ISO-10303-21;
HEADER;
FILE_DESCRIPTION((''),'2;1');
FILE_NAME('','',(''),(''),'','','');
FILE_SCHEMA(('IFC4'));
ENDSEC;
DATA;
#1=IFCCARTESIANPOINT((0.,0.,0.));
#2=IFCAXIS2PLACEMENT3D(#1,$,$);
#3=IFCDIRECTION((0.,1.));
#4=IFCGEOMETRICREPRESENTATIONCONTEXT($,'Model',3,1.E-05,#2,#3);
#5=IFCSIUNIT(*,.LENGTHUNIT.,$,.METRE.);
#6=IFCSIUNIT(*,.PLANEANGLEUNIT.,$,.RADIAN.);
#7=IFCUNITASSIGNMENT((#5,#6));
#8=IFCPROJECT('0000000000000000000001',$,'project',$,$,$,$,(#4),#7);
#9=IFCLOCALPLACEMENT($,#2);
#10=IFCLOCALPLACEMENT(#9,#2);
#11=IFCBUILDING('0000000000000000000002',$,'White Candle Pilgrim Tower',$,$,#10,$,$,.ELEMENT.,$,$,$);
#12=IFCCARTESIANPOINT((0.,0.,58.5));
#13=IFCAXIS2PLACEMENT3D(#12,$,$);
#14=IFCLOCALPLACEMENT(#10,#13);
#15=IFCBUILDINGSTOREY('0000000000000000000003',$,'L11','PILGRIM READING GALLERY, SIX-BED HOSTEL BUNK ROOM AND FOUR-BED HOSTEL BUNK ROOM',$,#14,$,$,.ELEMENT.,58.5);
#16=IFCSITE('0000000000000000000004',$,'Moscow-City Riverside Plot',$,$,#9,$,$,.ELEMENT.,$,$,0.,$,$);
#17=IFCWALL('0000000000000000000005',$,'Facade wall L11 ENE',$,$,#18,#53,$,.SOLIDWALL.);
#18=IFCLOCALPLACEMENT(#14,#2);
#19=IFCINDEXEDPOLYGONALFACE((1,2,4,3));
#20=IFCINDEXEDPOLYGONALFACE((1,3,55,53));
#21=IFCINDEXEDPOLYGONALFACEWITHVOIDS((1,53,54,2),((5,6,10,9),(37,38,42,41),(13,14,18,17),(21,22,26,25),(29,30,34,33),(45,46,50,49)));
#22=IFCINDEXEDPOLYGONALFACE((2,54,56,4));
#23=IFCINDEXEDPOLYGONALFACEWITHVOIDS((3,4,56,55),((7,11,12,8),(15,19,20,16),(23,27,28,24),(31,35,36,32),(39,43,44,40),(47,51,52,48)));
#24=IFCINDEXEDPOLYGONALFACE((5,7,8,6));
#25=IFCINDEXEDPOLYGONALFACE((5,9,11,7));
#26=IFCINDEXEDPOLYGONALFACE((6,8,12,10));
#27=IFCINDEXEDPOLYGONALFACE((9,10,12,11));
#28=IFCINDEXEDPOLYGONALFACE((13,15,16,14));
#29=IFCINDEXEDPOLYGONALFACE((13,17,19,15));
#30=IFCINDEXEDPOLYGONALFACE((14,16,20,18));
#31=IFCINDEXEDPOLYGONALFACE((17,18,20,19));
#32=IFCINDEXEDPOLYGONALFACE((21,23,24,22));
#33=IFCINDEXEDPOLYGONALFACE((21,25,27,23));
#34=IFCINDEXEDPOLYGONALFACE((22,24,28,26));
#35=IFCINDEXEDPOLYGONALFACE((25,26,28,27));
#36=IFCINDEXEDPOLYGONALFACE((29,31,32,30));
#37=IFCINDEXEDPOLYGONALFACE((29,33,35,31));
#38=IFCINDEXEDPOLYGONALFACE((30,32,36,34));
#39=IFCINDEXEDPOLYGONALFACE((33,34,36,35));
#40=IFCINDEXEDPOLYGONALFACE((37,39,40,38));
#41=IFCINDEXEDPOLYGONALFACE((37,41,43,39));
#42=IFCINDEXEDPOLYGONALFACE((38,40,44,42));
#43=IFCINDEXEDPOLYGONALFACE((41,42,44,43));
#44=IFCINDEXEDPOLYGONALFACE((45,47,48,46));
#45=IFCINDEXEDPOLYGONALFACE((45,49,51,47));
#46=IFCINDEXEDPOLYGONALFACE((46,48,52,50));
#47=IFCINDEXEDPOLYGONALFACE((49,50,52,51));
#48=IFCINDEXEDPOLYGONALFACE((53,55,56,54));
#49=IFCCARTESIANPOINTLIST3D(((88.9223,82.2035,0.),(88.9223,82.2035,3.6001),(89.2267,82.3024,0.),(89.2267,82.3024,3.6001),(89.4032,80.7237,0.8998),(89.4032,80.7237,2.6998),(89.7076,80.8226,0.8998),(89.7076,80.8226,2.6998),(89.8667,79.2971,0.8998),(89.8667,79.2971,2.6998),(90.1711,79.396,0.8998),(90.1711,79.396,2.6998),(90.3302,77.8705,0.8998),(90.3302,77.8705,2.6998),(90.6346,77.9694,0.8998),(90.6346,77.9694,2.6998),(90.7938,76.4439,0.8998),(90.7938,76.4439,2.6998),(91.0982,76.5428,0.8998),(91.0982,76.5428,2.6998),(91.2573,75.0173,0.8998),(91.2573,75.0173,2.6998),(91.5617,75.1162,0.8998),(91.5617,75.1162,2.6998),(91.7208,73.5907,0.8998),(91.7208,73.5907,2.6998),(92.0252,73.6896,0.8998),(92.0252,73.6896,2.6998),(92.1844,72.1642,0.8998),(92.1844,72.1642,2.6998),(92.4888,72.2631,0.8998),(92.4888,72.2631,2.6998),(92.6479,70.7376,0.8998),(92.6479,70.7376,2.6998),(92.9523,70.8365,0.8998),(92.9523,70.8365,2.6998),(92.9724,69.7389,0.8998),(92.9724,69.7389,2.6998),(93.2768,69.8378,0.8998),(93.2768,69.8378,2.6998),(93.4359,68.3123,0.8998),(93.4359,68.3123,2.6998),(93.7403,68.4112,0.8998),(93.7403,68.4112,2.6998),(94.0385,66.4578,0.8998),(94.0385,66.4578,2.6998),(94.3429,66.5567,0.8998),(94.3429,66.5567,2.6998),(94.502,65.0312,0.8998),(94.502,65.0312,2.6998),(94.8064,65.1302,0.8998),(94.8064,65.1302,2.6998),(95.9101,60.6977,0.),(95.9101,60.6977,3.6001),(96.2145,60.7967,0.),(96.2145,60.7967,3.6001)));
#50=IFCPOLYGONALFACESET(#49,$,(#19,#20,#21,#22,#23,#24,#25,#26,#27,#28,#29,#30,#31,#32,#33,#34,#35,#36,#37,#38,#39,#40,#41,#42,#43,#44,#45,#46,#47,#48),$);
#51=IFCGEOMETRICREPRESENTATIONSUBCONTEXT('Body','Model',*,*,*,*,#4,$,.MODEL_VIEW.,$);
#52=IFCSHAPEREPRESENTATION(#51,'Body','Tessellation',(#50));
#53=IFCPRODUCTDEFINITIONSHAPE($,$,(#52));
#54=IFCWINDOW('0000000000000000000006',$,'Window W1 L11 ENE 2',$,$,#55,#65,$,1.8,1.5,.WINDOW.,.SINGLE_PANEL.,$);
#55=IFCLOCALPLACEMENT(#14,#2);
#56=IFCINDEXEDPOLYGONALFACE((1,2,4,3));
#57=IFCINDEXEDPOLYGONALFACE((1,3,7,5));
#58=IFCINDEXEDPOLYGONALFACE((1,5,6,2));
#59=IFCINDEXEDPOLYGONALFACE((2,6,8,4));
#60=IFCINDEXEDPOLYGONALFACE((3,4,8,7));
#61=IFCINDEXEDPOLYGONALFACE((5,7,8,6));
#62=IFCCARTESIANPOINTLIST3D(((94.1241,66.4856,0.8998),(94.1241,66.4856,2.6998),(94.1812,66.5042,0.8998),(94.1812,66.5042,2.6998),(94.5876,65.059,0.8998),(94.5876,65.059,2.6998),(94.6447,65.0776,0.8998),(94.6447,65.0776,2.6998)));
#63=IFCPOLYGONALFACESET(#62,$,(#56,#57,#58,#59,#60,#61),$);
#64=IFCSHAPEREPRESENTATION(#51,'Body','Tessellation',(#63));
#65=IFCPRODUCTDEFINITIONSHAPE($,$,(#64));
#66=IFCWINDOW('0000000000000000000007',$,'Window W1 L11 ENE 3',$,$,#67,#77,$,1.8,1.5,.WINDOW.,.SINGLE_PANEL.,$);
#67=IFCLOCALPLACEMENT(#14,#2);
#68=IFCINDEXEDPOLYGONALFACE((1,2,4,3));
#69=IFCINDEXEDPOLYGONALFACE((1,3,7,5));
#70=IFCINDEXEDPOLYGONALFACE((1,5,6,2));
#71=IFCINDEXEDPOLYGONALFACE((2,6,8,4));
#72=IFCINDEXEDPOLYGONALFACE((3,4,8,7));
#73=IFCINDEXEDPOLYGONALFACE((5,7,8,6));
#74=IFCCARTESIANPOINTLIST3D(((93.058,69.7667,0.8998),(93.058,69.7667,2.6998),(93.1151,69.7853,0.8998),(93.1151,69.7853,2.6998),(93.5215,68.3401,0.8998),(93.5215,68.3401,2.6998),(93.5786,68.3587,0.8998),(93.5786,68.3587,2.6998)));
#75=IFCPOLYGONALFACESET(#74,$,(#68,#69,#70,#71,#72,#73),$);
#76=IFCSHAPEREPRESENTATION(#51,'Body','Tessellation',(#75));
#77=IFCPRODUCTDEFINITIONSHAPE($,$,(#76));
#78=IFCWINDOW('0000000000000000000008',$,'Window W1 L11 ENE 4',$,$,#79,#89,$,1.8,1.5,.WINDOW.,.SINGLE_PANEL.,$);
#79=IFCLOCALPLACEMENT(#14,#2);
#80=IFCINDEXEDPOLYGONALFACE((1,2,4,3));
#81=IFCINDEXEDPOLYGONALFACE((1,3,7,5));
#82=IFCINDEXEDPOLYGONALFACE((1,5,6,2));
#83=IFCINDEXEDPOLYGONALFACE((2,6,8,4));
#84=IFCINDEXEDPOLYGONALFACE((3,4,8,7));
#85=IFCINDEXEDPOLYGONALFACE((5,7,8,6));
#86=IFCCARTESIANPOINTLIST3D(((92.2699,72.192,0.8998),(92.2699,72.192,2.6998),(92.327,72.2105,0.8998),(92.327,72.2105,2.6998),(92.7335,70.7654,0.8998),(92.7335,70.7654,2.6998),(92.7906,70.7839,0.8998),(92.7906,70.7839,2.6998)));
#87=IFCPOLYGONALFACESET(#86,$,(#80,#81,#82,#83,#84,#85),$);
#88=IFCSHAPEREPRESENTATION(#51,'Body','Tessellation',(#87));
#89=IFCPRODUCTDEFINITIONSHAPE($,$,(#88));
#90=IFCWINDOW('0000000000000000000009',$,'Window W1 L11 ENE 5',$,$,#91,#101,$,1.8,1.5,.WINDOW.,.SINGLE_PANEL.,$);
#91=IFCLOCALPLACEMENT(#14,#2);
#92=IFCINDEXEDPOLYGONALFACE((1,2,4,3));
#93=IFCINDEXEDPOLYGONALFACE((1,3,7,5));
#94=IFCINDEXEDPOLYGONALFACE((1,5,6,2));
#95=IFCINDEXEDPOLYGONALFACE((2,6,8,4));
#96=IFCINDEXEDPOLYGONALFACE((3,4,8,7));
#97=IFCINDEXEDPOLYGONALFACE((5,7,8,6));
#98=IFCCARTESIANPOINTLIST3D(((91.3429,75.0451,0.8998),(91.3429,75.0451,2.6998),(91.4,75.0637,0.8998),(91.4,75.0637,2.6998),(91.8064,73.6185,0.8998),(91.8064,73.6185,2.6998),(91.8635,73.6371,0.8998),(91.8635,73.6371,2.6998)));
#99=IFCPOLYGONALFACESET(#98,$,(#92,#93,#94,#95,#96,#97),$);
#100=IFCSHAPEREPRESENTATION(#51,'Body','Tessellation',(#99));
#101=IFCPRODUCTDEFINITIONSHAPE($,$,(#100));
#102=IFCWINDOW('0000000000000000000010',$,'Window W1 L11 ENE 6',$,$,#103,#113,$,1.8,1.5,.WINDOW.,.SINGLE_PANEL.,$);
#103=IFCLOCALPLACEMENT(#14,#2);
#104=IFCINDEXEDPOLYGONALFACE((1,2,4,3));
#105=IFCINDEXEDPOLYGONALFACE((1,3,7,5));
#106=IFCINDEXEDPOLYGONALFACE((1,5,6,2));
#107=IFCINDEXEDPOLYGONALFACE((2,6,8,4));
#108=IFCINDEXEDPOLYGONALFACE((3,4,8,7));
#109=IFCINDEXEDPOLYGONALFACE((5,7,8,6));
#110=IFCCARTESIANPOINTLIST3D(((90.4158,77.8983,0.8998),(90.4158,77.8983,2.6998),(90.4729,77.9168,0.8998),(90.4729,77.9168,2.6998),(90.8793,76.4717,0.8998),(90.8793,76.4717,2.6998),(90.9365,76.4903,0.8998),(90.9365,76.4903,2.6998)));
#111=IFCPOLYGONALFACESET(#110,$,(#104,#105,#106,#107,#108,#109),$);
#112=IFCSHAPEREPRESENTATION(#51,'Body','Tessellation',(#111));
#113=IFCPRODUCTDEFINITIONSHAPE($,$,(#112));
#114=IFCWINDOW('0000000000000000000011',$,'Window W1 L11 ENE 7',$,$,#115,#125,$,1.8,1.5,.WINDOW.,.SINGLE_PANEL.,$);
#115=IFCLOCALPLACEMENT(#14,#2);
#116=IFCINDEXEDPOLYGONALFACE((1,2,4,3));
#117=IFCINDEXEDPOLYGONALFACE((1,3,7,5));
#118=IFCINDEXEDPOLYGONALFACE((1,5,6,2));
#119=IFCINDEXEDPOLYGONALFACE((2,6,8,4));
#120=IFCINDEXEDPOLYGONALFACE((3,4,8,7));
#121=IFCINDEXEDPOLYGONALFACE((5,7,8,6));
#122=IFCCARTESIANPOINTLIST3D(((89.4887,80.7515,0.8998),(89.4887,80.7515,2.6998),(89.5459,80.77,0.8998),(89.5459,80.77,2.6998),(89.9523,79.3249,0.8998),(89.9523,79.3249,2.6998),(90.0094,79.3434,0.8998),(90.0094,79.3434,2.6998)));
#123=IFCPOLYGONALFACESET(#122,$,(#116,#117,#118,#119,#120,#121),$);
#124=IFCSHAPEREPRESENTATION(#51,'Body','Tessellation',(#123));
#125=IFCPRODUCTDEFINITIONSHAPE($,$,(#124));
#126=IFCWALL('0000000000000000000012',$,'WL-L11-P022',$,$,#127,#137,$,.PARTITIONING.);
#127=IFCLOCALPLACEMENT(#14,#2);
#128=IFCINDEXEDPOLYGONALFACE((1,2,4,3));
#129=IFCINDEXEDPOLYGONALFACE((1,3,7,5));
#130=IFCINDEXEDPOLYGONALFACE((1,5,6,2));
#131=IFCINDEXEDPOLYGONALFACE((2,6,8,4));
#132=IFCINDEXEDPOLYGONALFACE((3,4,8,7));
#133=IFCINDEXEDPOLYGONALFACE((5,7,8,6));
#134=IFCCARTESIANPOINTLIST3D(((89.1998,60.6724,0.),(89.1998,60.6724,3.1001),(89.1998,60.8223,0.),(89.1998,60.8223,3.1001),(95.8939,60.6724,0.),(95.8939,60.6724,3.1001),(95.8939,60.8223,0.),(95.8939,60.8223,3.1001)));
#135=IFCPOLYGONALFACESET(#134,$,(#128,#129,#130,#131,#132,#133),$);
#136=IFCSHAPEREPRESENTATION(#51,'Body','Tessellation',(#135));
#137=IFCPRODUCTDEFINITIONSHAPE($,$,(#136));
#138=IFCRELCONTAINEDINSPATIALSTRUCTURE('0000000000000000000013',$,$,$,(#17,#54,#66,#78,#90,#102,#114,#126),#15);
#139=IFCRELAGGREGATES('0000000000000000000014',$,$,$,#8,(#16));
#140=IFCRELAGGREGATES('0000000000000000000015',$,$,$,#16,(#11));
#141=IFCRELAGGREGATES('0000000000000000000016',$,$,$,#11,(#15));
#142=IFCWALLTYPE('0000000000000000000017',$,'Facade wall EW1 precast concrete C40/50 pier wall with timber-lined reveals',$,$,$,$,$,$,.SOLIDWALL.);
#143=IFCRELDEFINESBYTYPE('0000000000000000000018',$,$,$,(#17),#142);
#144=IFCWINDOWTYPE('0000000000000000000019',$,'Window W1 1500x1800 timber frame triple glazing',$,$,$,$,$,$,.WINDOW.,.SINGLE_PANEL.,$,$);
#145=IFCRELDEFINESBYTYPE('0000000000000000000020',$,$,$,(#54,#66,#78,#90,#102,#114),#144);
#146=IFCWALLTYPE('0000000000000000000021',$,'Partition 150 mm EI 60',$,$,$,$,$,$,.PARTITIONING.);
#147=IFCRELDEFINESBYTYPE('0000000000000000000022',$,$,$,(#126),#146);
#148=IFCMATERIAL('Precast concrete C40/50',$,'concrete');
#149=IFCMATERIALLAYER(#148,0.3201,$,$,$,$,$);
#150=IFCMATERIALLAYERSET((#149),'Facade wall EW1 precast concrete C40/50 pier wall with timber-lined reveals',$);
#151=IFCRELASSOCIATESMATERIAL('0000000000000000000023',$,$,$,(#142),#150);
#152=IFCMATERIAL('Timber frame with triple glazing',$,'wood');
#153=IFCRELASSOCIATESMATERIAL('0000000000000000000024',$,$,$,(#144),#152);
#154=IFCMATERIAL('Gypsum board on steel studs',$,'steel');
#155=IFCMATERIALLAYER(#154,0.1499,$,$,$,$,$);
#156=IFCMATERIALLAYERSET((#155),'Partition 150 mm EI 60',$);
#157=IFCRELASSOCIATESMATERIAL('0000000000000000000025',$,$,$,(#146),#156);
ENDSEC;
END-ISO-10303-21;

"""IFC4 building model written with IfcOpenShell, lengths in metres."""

from ifc_helpers import new_model, si_unit, direction, frame, frame_2d, origin, place, context, subcontext, project, spatial, rectangle, extrude, material, layer, layer_set, type_object, element, fill, save


model = new_model("IFC4")

# Units and contexts
model_context = context("Model", 3, precision=1e-05, world=origin(), true_north=direction((0.0, 1.0)))
body_context = subcontext(model_context, "Body", "Model", "MODEL_VIEW")
ifc_project = project(units=[si_unit("LENGTHUNIT", "METRE"), si_unit("PLANEANGLEUNIT", "RADIAN")], contexts=[model_context])

# Site, building, storey
site_placement = place(None, origin())
site = spatial("IfcSite", under=ifc_project, at=site_placement, Name="Moscow-City Riverside Plot", CompositionType="ELEMENT", RefElevation=0.0)
building_placement = place(site_placement, origin())
building = spatial("IfcBuilding", under=site, at=building_placement, Name="White Candle Pilgrim Tower", CompositionType="ELEMENT")
storey_placement = place(building_placement, frame((0.0, 0.0, 58.5)))
storey = spatial("IfcBuildingStorey", under=building, at=storey_placement, Name="L11", Description="PILGRIM READING GALLERY, SIX-BED HOSTEL BUNK ROOM AND FOUR-BED HOSTEL BUNK ROOM", CompositionType="ELEMENT", Elevation=58.5)

# Shared definitions
ifc_material_1 = material(Name="Gypsum board on steel studs", Category="steel")

# Wall, openings, windows
ifc_material_2 = material(Name="Precast concrete C40/50", Category="concrete")
ifc_layer_1 = layer(ifc_material_2, 0.3201)
ifc_layer_set_1 = layer_set([ifc_layer_1], Name="Facade wall EW1 precast concrete C40/50 pier wall with timber-lined reveals")
wall_type_1 = type_object("IfcWallType", Name="Facade wall EW1 precast concrete C40/50 pier wall with timber-lined reveals", PredefinedType="SOLIDWALL", material=ifc_layer_set_1)
wall_1_placement = place(storey_placement, frame((96.0623, 60.7473, 0.0), z_axis=(0.0, 0.0, 1.0), x_axis=(-0.309022, 0.951055, 0.0)))
wall_1 = element("IfcWall", 1, at=wall_1_placement, inside=storey, type_object=wall_type_1, Name="Facade wall L11 ENE", PredefinedType="SOLIDWALL", context=body_context, shape_type="SweptSolid", body=[
    extrude(rectangle(XDim=22.6125, YDim=0.3201, at=frame_2d((11.3062, 0.0))), origin(), (0.0, 0.0, 1.0), 3.6001),
])
opening_1_placement = place(wall_1_placement, frame((4.5564, 0.0, 0.8999)))
opening_1 = element("IfcOpeningElement", 2, at=opening_1_placement, cuts=wall_1, PredefinedType="OPENING", context=body_context, shape_type="SweptSolid", body=[
    extrude(rectangle(XDim=1.5, YDim=1.8, at=frame_2d((0.75, 0.8999))), frame((0.0, 0.1699, 0.0), z_axis=(0.0, -1.0, 0.0), x_axis=(1.0, 0.0, 0.0)), (0.0, 0.0, 1.0), 0.3401),
])
opening_2_placement = place(wall_1_placement, frame((8.0063, 0.0, 0.8999)))
opening_2 = element("IfcOpeningElement", 3, at=opening_2_placement, cuts=wall_1, PredefinedType="OPENING", context=body_context, shape_type="SweptSolid", body=[
    extrude(rectangle(XDim=1.5, YDim=1.8, at=frame_2d((0.75, 0.8999))), frame((0.0, 0.1699, 0.0), z_axis=(0.0, -1.0, 0.0), x_axis=(1.0, 0.0, 0.0)), (0.0, 0.0, 1.0), 0.3401),
])
opening_3_placement = place(wall_1_placement, frame((10.5564, 0.0, 0.8999)))
opening_3 = element("IfcOpeningElement", 4, at=opening_3_placement, cuts=wall_1, PredefinedType="OPENING", context=body_context, shape_type="SweptSolid", body=[
    extrude(rectangle(XDim=1.5, YDim=1.8, at=frame_2d((0.75, 0.8999))), frame((0.0, 0.1699, 0.0), z_axis=(0.0, -1.0, 0.0), x_axis=(1.0, 0.0, 0.0)), (0.0, 0.0, 1.0), 0.3401),
])
opening_4_placement = place(wall_1_placement, frame((13.5564, 0.0, 0.8999)))
opening_4 = element("IfcOpeningElement", 5, at=opening_4_placement, cuts=wall_1, PredefinedType="OPENING", context=body_context, shape_type="SweptSolid", body=[
    extrude(rectangle(XDim=1.5, YDim=1.8, at=frame_2d((0.75, 0.8999))), frame((0.0, 0.1699, 0.0), z_axis=(0.0, -1.0, 0.0), x_axis=(1.0, 0.0, 0.0)), (0.0, 0.0, 1.0), 0.3401),
])
opening_5_placement = place(wall_1_placement, frame((16.5564, 0.0, 0.8999)))
opening_5 = element("IfcOpeningElement", 6, at=opening_5_placement, cuts=wall_1, PredefinedType="OPENING", context=body_context, shape_type="SweptSolid", body=[
    extrude(rectangle(XDim=1.5, YDim=1.8, at=frame_2d((0.75, 0.8999))), frame((0.0, 0.1699, 0.0), z_axis=(0.0, -1.0, 0.0), x_axis=(1.0, 0.0, 0.0)), (0.0, 0.0, 1.0), 0.3401),
])
opening_6_placement = place(wall_1_placement, frame((19.5564, 0.0, 0.8999)))
opening_6 = element("IfcOpeningElement", 7, at=opening_6_placement, cuts=wall_1, PredefinedType="OPENING", context=body_context, shape_type="SweptSolid", body=[
    extrude(rectangle(XDim=1.5, YDim=1.8, at=frame_2d((0.75, 0.8999))), frame((0.0, 0.1699, 0.0), z_axis=(0.0, -1.0, 0.0), x_axis=(1.0, 0.0, 0.0)), (0.0, 0.0, 1.0), 0.3401),
])
ifc_material_3 = material(Name="Timber frame with triple glazing", Category="wood")
window_type = type_object("IfcWindowType", Name="Window W1 1500x1800 timber frame triple glazing", PartitioningType="SINGLE_PANEL", PredefinedType="WINDOW", material=ifc_material_3)
window_1_placement = place(opening_1_placement, origin())
window_1 = element("IfcWindow", 8, at=window_1_placement, inside=storey, type_object=window_type, Name="Window W1 L11 ENE 2", OverallHeight=1.8, OverallWidth=1.5, PartitioningType="SINGLE_PANEL", PredefinedType="WINDOW", context=body_context, shape_type="SweptSolid", body=[
    extrude(rectangle(XDim=1.5, YDim=1.8, at=frame_2d((0.75, 0.8999))), frame((0.0, 0.0701, 0.0), z_axis=(0.0, -1.0, 0.0), x_axis=(1.0, 0.0, 0.0)), (0.0, 0.0, 1.0), 0.0601),
])
fill(opening_1, window_1)
window_2_placement = place(opening_2_placement, origin())
window_2 = element("IfcWindow", 9, at=window_2_placement, inside=storey, type_object=window_type, Name="Window W1 L11 ENE 3", OverallHeight=1.8, OverallWidth=1.5, PartitioningType="SINGLE_PANEL", PredefinedType="WINDOW", context=body_context, shape_type="SweptSolid", body=[
    extrude(rectangle(XDim=1.5, YDim=1.8, at=frame_2d((0.75, 0.8999))), frame((0.0, 0.0701, 0.0), z_axis=(0.0, -1.0, 0.0), x_axis=(1.0, 0.0, 0.0)), (0.0, 0.0, 1.0), 0.0601),
])
fill(opening_2, window_2)
window_3_placement = place(opening_3_placement, origin())
window_3 = element("IfcWindow", 10, at=window_3_placement, inside=storey, type_object=window_type, Name="Window W1 L11 ENE 4", OverallHeight=1.8, OverallWidth=1.5, PartitioningType="SINGLE_PANEL", PredefinedType="WINDOW", context=body_context, shape_type="SweptSolid", body=[
    extrude(rectangle(XDim=1.5, YDim=1.8, at=frame_2d((0.75, 0.8999))), frame((0.0, 0.0701, 0.0), z_axis=(0.0, -1.0, 0.0), x_axis=(1.0, 0.0, 0.0)), (0.0, 0.0, 1.0), 0.0601),
])
fill(opening_3, window_3)
window_4_placement = place(opening_4_placement, origin())
window_4 = element("IfcWindow", 11, at=window_4_placement, inside=storey, type_object=window_type, Name="Window W1 L11 ENE 5", OverallHeight=1.8, OverallWidth=1.5, PartitioningType="SINGLE_PANEL", PredefinedType="WINDOW", context=body_context, shape_type="SweptSolid", body=[
    extrude(rectangle(XDim=1.5, YDim=1.8, at=frame_2d((0.75, 0.8999))), frame((0.0, 0.0701, 0.0), z_axis=(0.0, -1.0, 0.0), x_axis=(1.0, 0.0, 0.0)), (0.0, 0.0, 1.0), 0.0601),
])
fill(opening_4, window_4)
window_5_placement = place(opening_5_placement, origin())
window_5 = element("IfcWindow", 12, at=window_5_placement, inside=storey, type_object=window_type, Name="Window W1 L11 ENE 6", OverallHeight=1.8, OverallWidth=1.5, PartitioningType="SINGLE_PANEL", PredefinedType="WINDOW", context=body_context, shape_type="SweptSolid", body=[
    extrude(rectangle(XDim=1.5, YDim=1.8, at=frame_2d((0.75, 0.8999))), frame((0.0, 0.0701, 0.0), z_axis=(0.0, -1.0, 0.0), x_axis=(1.0, 0.0, 0.0)), (0.0, 0.0, 1.0), 0.0601),
])
fill(opening_5, window_5)
window_6_placement = place(opening_6_placement, origin())
window_6 = element("IfcWindow", 13, at=window_6_placement, inside=storey, type_object=window_type, Name="Window W1 L11 ENE 7", OverallHeight=1.8, OverallWidth=1.5, PartitioningType="SINGLE_PANEL", PredefinedType="WINDOW", context=body_context, shape_type="SweptSolid", body=[
    extrude(rectangle(XDim=1.5, YDim=1.8, at=frame_2d((0.75, 0.8999))), frame((0.0, 0.0701, 0.0), z_axis=(0.0, -1.0, 0.0), x_axis=(1.0, 0.0, 0.0)), (0.0, 0.0, 1.0), 0.0601),
])
fill(opening_6, window_6)

# Wall
ifc_layer_2 = layer(ifc_material_1, 0.1499)
ifc_layer_set_2 = layer_set([ifc_layer_2], Name="Partition 150 mm EI 60")
wall_type_2 = type_object("IfcWallType", Name="Partition 150 mm EI 60", PredefinedType="PARTITIONING", material=ifc_layer_set_2)
wall_2_placement = place(storey_placement, frame((95.894, 60.7473, 0.0), z_axis=(0.0, 0.0, 1.0), x_axis=(-1.0, 0.0, 0.0)))
element("IfcWall", 14, at=wall_2_placement, inside=storey, type_object=wall_type_2, Name="WL-L11-P022", PredefinedType="PARTITIONING", context=body_context, shape_type="SweptSolid", body=[
    extrude(rectangle(XDim=6.6941, YDim=0.1499, at=frame_2d((3.3472, 0.0))), origin(), (0.0, 0.0, 1.0), 3.1001),
])

save(model, "model.ifc")
